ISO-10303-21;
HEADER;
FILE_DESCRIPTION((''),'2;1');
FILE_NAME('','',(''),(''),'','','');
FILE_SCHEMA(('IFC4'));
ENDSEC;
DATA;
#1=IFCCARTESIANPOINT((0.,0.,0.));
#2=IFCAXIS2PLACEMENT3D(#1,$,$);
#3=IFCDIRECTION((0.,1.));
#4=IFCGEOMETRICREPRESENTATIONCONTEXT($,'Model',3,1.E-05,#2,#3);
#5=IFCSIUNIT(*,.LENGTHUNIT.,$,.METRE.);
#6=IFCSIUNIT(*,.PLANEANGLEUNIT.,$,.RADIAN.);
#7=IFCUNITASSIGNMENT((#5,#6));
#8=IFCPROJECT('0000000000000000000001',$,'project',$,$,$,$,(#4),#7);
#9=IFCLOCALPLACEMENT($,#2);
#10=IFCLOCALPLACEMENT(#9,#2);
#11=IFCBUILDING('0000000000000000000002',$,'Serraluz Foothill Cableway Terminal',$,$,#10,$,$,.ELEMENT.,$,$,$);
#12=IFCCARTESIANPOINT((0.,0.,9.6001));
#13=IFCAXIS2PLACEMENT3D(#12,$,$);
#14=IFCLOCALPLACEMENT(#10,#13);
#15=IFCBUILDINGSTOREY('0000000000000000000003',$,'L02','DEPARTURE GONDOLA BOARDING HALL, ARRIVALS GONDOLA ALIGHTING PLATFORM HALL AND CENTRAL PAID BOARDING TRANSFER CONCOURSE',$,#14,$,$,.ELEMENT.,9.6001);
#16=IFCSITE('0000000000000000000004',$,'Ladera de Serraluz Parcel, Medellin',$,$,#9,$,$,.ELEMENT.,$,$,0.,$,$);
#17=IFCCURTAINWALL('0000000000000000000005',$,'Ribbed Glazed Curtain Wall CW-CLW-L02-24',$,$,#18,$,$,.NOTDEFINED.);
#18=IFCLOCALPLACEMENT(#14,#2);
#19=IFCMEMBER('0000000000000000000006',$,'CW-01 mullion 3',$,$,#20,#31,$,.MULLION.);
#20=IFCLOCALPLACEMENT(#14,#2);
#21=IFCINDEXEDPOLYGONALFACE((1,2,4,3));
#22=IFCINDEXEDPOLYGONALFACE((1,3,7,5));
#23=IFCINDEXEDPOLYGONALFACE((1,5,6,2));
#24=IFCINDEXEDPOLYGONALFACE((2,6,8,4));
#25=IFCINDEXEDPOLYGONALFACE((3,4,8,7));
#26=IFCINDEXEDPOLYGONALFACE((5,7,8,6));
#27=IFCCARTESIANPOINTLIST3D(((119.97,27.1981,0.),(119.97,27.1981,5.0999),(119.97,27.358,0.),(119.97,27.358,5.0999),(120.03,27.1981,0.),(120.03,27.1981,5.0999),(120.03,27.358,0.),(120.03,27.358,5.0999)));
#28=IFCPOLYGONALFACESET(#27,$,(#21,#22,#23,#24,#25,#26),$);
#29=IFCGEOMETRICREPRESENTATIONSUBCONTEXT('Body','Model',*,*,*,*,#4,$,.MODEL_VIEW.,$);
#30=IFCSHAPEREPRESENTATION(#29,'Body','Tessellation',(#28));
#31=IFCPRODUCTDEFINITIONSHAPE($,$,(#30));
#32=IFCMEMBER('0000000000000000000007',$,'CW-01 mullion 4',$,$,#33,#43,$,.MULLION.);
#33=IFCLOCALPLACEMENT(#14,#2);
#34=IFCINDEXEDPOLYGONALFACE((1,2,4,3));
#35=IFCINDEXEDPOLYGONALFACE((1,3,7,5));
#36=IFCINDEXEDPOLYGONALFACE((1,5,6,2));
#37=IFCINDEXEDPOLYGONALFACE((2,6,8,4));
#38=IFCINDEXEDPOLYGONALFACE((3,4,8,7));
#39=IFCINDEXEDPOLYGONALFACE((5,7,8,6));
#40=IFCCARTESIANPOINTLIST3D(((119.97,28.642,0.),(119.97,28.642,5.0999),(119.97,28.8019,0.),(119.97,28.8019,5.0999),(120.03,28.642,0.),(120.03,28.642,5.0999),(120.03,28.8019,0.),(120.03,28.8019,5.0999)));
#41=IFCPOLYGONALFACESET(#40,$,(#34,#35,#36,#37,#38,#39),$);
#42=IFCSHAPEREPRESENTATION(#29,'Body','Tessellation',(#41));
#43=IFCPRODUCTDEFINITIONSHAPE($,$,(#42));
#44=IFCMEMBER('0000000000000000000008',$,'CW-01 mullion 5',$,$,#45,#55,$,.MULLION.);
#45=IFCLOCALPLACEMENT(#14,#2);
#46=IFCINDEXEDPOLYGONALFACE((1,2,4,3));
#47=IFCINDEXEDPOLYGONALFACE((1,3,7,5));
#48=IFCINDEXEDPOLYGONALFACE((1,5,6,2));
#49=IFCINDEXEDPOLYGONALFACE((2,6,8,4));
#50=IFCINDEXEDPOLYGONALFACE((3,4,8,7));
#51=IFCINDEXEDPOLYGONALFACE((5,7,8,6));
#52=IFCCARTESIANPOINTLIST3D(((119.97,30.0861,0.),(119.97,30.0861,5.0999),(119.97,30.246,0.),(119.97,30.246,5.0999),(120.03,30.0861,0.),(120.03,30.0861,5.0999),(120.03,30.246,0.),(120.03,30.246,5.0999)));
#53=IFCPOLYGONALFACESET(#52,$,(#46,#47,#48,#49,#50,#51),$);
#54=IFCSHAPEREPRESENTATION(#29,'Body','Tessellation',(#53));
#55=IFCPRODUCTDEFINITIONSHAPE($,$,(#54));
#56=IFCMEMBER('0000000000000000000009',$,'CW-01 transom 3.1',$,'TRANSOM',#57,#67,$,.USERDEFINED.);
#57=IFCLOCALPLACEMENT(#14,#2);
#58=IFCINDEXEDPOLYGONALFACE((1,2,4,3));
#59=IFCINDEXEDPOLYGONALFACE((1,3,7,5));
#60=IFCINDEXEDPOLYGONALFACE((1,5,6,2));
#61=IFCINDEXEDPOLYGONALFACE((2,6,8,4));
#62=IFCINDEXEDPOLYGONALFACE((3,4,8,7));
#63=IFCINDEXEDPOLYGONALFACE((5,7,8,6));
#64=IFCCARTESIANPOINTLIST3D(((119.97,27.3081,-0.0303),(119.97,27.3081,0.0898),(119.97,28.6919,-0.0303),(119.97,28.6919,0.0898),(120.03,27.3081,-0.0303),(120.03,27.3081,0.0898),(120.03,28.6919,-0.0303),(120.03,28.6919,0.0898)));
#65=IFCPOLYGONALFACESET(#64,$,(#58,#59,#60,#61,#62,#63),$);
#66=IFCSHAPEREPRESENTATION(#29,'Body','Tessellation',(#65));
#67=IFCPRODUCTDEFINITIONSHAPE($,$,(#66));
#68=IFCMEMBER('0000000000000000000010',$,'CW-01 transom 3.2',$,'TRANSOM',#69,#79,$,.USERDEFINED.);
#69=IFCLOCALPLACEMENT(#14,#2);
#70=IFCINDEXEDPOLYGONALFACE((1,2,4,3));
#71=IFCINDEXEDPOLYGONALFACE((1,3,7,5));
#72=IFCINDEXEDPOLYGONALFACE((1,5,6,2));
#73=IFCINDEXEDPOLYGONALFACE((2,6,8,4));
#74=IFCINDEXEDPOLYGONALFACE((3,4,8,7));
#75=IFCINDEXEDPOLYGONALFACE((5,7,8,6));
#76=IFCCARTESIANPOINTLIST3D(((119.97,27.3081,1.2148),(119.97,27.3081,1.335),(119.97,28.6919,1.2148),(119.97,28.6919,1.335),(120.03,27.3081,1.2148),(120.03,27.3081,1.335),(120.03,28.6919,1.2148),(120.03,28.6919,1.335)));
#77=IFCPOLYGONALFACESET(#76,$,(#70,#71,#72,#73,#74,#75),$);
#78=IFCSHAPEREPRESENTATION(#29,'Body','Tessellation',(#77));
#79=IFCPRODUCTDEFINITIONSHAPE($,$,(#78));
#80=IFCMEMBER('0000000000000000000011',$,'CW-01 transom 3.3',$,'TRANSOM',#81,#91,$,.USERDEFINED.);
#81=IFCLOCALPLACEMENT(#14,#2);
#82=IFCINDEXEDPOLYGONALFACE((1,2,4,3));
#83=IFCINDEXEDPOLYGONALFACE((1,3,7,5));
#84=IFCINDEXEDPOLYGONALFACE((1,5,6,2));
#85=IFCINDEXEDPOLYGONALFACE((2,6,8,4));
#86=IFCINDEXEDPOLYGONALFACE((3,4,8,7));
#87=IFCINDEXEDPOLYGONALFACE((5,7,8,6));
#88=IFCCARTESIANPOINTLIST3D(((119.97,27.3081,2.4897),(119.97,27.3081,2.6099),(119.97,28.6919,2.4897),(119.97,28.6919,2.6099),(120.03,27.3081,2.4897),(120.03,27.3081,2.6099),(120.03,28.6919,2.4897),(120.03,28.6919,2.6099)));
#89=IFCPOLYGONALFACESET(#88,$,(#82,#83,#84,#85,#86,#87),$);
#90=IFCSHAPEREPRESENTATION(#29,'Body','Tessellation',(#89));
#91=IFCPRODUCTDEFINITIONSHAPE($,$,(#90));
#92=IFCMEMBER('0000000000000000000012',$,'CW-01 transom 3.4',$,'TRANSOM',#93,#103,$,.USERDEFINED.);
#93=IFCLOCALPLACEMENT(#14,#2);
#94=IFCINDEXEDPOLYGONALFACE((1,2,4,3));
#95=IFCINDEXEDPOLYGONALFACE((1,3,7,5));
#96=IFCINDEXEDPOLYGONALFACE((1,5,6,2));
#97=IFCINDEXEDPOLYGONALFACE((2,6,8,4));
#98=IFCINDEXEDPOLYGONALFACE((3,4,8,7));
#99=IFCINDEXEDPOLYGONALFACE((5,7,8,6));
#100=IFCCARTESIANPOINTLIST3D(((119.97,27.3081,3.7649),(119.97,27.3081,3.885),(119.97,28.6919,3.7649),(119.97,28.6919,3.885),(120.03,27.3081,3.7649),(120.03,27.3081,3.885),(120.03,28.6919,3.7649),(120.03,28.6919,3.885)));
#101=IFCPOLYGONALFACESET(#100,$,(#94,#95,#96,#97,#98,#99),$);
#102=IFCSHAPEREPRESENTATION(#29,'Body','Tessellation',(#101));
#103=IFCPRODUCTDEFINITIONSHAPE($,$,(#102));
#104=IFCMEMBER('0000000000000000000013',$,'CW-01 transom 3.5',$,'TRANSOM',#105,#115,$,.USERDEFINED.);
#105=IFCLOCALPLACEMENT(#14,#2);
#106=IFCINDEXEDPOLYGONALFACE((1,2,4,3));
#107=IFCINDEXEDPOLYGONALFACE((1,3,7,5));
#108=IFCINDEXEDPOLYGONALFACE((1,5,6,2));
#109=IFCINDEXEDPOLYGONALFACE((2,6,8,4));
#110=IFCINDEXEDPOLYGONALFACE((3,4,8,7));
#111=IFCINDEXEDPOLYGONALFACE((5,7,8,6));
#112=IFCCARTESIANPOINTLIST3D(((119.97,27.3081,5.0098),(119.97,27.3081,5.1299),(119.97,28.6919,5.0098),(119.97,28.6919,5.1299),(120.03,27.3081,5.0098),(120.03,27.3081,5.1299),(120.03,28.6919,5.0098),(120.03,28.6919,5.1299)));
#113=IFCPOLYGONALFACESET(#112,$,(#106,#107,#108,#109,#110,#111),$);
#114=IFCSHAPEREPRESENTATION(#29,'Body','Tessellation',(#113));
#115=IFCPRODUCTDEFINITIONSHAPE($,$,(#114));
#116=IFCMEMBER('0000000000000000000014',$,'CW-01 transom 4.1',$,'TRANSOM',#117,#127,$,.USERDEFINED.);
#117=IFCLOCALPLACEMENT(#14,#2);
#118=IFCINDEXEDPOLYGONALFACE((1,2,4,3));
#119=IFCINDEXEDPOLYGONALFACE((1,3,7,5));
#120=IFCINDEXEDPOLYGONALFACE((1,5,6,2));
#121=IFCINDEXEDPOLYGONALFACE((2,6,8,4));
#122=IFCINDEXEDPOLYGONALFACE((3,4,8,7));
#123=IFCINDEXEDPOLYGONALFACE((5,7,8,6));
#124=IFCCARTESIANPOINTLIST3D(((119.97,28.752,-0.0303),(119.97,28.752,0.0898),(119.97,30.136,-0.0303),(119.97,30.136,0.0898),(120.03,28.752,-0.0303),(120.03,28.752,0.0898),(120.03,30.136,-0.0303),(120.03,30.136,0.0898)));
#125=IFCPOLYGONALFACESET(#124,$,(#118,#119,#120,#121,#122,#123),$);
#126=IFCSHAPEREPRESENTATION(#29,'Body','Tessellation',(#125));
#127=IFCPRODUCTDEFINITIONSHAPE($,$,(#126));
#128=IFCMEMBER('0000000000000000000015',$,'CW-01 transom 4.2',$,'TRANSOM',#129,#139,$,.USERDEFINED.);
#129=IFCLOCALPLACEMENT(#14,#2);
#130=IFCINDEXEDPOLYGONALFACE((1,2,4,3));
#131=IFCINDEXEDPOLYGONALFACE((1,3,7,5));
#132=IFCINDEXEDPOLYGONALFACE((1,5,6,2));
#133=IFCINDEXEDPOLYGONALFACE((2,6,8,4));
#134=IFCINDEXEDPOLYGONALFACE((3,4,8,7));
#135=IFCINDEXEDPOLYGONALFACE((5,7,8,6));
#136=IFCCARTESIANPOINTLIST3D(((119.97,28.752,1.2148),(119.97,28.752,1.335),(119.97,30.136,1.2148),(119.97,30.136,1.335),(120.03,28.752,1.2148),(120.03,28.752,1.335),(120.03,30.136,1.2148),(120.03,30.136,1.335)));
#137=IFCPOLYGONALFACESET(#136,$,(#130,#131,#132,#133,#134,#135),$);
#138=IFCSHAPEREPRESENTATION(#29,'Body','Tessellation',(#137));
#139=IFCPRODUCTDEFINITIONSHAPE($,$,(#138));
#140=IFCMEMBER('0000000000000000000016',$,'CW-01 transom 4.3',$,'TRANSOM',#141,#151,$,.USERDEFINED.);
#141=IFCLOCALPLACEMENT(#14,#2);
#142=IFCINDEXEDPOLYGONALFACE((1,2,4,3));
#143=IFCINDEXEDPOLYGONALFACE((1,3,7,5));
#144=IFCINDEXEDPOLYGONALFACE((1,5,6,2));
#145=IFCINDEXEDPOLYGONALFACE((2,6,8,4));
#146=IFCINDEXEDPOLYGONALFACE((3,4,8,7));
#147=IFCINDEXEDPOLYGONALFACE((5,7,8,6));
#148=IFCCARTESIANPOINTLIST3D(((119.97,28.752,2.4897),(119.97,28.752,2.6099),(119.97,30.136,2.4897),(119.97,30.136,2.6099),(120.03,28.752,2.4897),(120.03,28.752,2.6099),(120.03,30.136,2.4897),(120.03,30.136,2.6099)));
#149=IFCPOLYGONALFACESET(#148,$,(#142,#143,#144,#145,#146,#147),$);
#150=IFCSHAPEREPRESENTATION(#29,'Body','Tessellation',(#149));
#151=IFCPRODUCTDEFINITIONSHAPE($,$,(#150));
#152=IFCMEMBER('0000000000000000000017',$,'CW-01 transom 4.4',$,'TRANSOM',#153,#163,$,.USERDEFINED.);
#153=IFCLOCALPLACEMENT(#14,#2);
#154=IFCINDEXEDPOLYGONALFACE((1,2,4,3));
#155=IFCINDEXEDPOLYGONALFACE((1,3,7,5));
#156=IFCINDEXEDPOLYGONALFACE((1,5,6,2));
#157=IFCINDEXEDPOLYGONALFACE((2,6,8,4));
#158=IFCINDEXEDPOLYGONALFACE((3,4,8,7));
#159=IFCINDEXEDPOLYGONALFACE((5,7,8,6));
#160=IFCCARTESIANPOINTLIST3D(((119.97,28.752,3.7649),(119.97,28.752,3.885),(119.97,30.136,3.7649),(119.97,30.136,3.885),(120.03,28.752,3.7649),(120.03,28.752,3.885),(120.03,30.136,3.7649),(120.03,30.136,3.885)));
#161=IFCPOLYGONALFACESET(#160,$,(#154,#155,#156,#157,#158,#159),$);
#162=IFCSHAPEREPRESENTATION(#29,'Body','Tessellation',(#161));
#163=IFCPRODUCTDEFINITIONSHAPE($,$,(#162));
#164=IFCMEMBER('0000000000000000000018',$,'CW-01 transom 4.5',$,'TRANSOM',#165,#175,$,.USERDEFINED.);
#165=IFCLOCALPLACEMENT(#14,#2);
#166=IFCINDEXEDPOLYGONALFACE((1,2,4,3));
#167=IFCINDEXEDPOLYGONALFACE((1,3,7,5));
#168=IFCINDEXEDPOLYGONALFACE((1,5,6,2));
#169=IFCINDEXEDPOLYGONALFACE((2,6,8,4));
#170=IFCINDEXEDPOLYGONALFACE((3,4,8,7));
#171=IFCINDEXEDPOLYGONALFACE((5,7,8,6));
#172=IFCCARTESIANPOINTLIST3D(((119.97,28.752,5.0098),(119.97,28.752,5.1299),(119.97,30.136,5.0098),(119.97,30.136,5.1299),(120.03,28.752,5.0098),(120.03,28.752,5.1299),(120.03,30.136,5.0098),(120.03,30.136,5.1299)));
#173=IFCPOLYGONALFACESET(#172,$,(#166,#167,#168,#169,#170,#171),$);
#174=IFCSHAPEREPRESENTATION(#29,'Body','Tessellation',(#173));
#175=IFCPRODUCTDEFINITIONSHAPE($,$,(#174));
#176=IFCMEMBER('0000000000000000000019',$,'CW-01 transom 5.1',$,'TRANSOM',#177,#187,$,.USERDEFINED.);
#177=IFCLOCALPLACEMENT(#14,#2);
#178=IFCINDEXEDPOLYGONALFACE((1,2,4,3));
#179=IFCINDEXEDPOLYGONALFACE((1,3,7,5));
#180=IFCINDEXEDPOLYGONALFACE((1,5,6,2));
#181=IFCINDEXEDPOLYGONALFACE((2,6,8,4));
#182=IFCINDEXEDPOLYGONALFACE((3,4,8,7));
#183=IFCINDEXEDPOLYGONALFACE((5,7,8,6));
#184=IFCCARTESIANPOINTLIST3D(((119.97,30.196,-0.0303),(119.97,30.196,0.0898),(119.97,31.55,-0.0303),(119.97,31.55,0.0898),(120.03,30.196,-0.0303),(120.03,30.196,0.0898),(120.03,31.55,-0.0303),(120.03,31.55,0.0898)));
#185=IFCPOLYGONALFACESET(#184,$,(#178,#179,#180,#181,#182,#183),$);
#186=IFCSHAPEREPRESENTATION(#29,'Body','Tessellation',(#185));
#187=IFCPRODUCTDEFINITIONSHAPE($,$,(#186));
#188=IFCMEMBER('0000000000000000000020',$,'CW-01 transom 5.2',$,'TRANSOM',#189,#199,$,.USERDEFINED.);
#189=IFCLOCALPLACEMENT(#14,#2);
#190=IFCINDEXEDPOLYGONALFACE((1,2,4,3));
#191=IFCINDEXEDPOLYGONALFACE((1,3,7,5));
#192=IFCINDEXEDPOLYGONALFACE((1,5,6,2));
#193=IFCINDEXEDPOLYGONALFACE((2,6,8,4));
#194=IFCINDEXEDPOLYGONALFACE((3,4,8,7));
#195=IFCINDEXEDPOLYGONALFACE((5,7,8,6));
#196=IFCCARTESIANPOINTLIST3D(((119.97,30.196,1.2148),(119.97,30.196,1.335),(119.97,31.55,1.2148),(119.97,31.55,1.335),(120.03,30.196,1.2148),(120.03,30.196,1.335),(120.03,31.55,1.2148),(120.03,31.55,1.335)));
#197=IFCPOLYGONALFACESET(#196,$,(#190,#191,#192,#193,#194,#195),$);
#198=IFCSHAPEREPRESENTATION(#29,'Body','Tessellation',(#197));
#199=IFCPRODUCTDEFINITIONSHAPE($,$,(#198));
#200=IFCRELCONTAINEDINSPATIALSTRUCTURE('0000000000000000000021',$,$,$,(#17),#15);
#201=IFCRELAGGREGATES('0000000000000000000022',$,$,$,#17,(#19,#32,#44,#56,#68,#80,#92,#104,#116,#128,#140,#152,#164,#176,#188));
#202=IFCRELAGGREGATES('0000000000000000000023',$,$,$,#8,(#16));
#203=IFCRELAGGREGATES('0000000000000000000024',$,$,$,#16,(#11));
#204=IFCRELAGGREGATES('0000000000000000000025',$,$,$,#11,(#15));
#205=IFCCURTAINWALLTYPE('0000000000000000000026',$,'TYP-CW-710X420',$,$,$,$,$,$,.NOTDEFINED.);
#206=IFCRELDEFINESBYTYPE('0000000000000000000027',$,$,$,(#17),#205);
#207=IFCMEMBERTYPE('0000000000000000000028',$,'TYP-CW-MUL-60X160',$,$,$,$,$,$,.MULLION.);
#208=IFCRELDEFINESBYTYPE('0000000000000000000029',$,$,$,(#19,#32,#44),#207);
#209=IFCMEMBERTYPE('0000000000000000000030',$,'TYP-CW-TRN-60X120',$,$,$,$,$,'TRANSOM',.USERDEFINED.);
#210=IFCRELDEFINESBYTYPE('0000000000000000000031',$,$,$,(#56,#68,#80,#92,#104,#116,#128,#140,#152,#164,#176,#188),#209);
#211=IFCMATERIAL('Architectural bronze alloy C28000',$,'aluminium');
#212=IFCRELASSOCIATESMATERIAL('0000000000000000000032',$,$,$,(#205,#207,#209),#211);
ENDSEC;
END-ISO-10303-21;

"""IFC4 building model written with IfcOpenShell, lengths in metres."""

from ifc_helpers import new_model, si_unit, direction, frame, origin, origin_2d, place, context, subcontext, project, spatial, rectangle, extrude, material, material_profile, profile_set, type_object, element, aggregate, save


model = new_model("IFC4")

# Units and contexts
model_context = context("Model", 3, precision=1e-05, world=origin(), true_north=direction((0.0, 1.0)))
body_context = subcontext(model_context, "Body", "Model", "MODEL_VIEW")
ifc_project = project(units=[si_unit("LENGTHUNIT", "METRE"), si_unit("PLANEANGLEUNIT", "RADIAN")], contexts=[model_context])

# Site, building, storey
site_placement = place(None, origin())
site = spatial("IfcSite", under=ifc_project, at=site_placement, Name="Ladera de Serraluz Parcel, Medellin", CompositionType="ELEMENT", RefElevation=0.0)
building_placement = place(site_placement, origin())
building = spatial("IfcBuilding", under=site, at=building_placement, Name="Serraluz Foothill Cableway Terminal", CompositionType="ELEMENT")
storey_placement = place(building_placement, frame((0.0, 0.0, 9.6001)))
storey = spatial("IfcBuildingStorey", under=building, at=storey_placement, Name="L02", Description="DEPARTURE GONDOLA BOARDING HALL, ARRIVALS GONDOLA ALIGHTING PLATFORM HALL AND CENTRAL PAID BOARDING TRANSFER CONCOURSE", CompositionType="ELEMENT", Elevation=9.6001)

# Curtain wall, members
ifc_material_1 = material(Name="Architectural bronze alloy C28000", Category="aluminium")
curtain_wall_type = type_object("IfcCurtainWallType", Name="TYP-CW-710X420", PredefinedType="NOTDEFINED", material=ifc_material_1)
curtain_wall_placement = place(storey_placement, origin())
curtain_wall = element("IfcCurtainWall", 1, at=curtain_wall_placement, inside=storey, type_object=curtain_wall_type, Name="Ribbed Glazed Curtain Wall CW-CLW-L02-24", PredefinedType="NOTDEFINED")
ifc_material_profile_1 = material_profile(ifc_material_1, rectangle(XDim=0.0601, YDim=0.1599, at=origin_2d()), Name="ALU MULLION 60x160")
ifc_profile_set_1 = profile_set([ifc_material_profile_1], Name="Architectural bronze alloy C28000")
member_type_1 = type_object("IfcMemberType", Name="TYP-CW-MUL-60X160", PredefinedType="MULLION", material=ifc_profile_set_1)
member_1_placement = place(storey_placement, frame((120.0, 27.2781, 0.0), z_axis=(0.0, 0.0, 1.0), x_axis=(-1.0, 0.0, 0.0)))
member_1 = element("IfcMember", 2, at=member_1_placement, type_object=member_type_1, Name="CW-01 mullion 3", PredefinedType="MULLION", context=body_context, shape_type="SweptSolid", body=[
    extrude(rectangle(XDim=0.0601, YDim=0.1599, at=origin_2d()), origin(), (0.0, 0.0, 1.0), 5.0999),
])
member_2_placement = place(storey_placement, frame((120.0, 28.7219, 0.0), z_axis=(0.0, 0.0, 1.0), x_axis=(-1.0, 0.0, 0.0)))
member_2 = element("IfcMember", 3, at=member_2_placement, type_object=member_type_1, Name="CW-01 mullion 4", PredefinedType="MULLION", context=body_context, shape_type="SweptSolid", body=[
    extrude(rectangle(XDim=0.0601, YDim=0.1599, at=origin_2d()), origin(), (0.0, 0.0, 1.0), 5.0999),
])
member_3_placement = place(storey_placement, frame((120.0, 30.166, 0.0), z_axis=(0.0, 0.0, 1.0), x_axis=(-1.0, 0.0, 0.0)))
member_3 = element("IfcMember", 4, at=member_3_placement, type_object=member_type_1, Name="CW-01 mullion 5", PredefinedType="MULLION", context=body_context, shape_type="SweptSolid", body=[
    extrude(rectangle(XDim=0.0601, YDim=0.1599, at=origin_2d()), origin(), (0.0, 0.0, 1.0), 5.0999),
])
ifc_material_profile_2 = material_profile(ifc_material_1, rectangle(XDim=0.0601, YDim=0.1201, at=origin_2d()), Name="ALU TRANSOM 60x120")
ifc_profile_set_2 = profile_set([ifc_material_profile_2], Name="Architectural bronze alloy C28000")
member_type_2 = type_object("IfcMemberType", Name="TYP-CW-TRN-60X120", ElementType="TRANSOM", PredefinedType="USERDEFINED", material=ifc_profile_set_2)
member_4_placement = place(storey_placement, frame((120.0, 27.3081, 0.0298), z_axis=(0.0, 1.0, 0.0), x_axis=(-1.0, 0.0, 0.0)))
member_4 = element("IfcMember", 5, at=member_4_placement, type_object=member_type_2, Name="CW-01 transom 3.1", ObjectType="TRANSOM", PredefinedType="USERDEFINED", context=body_context, shape_type="SweptSolid", body=[
    extrude(rectangle(XDim=0.0601, YDim=0.1201, at=origin_2d()), origin(), (0.0, 0.0, 1.0), 1.3838),
])
member_5_placement = place(storey_placement, frame((120.0, 27.3081, 1.2749), z_axis=(0.0, 1.0, 0.0), x_axis=(-1.0, 0.0, 0.0)))
member_5 = element("IfcMember", 6, at=member_5_placement, type_object=member_type_2, Name="CW-01 transom 3.2", ObjectType="TRANSOM", PredefinedType="USERDEFINED", context=body_context, shape_type="SweptSolid", body=[
    extrude(rectangle(XDim=0.0601, YDim=0.1201, at=origin_2d()), origin(), (0.0, 0.0, 1.0), 1.3838),
])
member_6_placement = place(storey_placement, frame((120.0, 27.3081, 2.5498), z_axis=(0.0, 1.0, 0.0), x_axis=(-1.0, 0.0, 0.0)))
member_6 = element("IfcMember", 7, at=member_6_placement, type_object=member_type_2, Name="CW-01 transom 3.3", ObjectType="TRANSOM", PredefinedType="USERDEFINED", context=body_context, shape_type="SweptSolid", body=[
    extrude(rectangle(XDim=0.0601, YDim=0.1201, at=origin_2d()), origin(), (0.0, 0.0, 1.0), 1.3838),
])
member_7_placement = place(storey_placement, frame((120.0, 27.3081, 3.825), z_axis=(0.0, 1.0, 0.0), x_axis=(-1.0, 0.0, 0.0)))
member_7 = element("IfcMember", 8, at=member_7_placement, type_object=member_type_2, Name="CW-01 transom 3.4", ObjectType="TRANSOM", PredefinedType="USERDEFINED", context=body_context, shape_type="SweptSolid", body=[
    extrude(rectangle(XDim=0.0601, YDim=0.1201, at=origin_2d()), origin(), (0.0, 0.0, 1.0), 1.3838),
])
member_8_placement = place(storey_placement, frame((120.0, 27.3081, 5.0698), z_axis=(0.0, 1.0, 0.0), x_axis=(-1.0, 0.0, 0.0)))
member_8 = element("IfcMember", 9, at=member_8_placement, type_object=member_type_2, Name="CW-01 transom 3.5", ObjectType="TRANSOM", PredefinedType="USERDEFINED", context=body_context, shape_type="SweptSolid", body=[
    extrude(rectangle(XDim=0.0601, YDim=0.1201, at=origin_2d()), origin(), (0.0, 0.0, 1.0), 1.3838),
])
member_9_placement = place(storey_placement, frame((120.0, 28.752, 0.0298), z_axis=(0.0, 1.0, 0.0), x_axis=(-1.0, 0.0, 0.0)))
member_9 = element("IfcMember", 10, at=member_9_placement, type_object=member_type_2, Name="CW-01 transom 4.1", ObjectType="TRANSOM", PredefinedType="USERDEFINED", context=body_context, shape_type="SweptSolid", body=[
    extrude(rectangle(XDim=0.0601, YDim=0.1201, at=origin_2d()), origin(), (0.0, 0.0, 1.0), 1.384),
])
member_10_placement = place(storey_placement, frame((120.0, 28.752, 1.2749), z_axis=(0.0, 1.0, 0.0), x_axis=(-1.0, 0.0, 0.0)))
member_10 = element("IfcMember", 11, at=member_10_placement, type_object=member_type_2, Name="CW-01 transom 4.2", ObjectType="TRANSOM", PredefinedType="USERDEFINED", context=body_context, shape_type="SweptSolid", body=[
    extrude(rectangle(XDim=0.0601, YDim=0.1201, at=origin_2d()), origin(), (0.0, 0.0, 1.0), 1.384),
])
member_11_placement = place(storey_placement, frame((120.0, 28.752, 2.5498), z_axis=(0.0, 1.0, 0.0), x_axis=(-1.0, 0.0, 0.0)))
member_11 = element("IfcMember", 12, at=member_11_placement, type_object=member_type_2, Name="CW-01 transom 4.3", ObjectType="TRANSOM", PredefinedType="USERDEFINED", context=body_context, shape_type="SweptSolid", body=[
    extrude(rectangle(XDim=0.0601, YDim=0.1201, at=origin_2d()), origin(), (0.0, 0.0, 1.0), 1.384),
])
member_12_placement = place(storey_placement, frame((120.0, 28.752, 3.825), z_axis=(0.0, 1.0, 0.0), x_axis=(-1.0, 0.0, 0.0)))
member_12 = element("IfcMember", 13, at=member_12_placement, type_object=member_type_2, Name="CW-01 transom 4.4", ObjectType="TRANSOM", PredefinedType="USERDEFINED", context=body_context, shape_type="SweptSolid", body=[
    extrude(rectangle(XDim=0.0601, YDim=0.1201, at=origin_2d()), origin(), (0.0, 0.0, 1.0), 1.384),
])
member_13_placement = place(storey_placement, frame((120.0, 28.752, 5.0698), z_axis=(0.0, 1.0, 0.0), x_axis=(-1.0, 0.0, 0.0)))
member_13 = element("IfcMember", 14, at=member_13_placement, type_object=member_type_2, Name="CW-01 transom 4.5", ObjectType="TRANSOM", PredefinedType="USERDEFINED", context=body_context, shape_type="SweptSolid", body=[
    extrude(rectangle(XDim=0.0601, YDim=0.1201, at=origin_2d()), origin(), (0.0, 0.0, 1.0), 1.384),
])
member_14_placement = place(storey_placement, frame((120.0, 30.196, 0.0298), z_axis=(0.0, 1.0, 0.0), x_axis=(-1.0, 0.0, 0.0)))
member_14 = element("IfcMember", 15, at=member_14_placement, type_object=member_type_2, Name="CW-01 transom 5.1", ObjectType="TRANSOM", PredefinedType="USERDEFINED", context=body_context, shape_type="SweptSolid", body=[
    extrude(rectangle(XDim=0.0601, YDim=0.1201, at=origin_2d()), origin(), (0.0, 0.0, 1.0), 1.354),
])
member_15_placement = place(storey_placement, frame((120.0, 30.196, 1.2749), z_axis=(0.0, 1.0, 0.0), x_axis=(-1.0, 0.0, 0.0)))
member_15 = element("IfcMember", 16, at=member_15_placement, type_object=member_type_2, Name="CW-01 transom 5.2", ObjectType="TRANSOM", PredefinedType="USERDEFINED", context=body_context, shape_type="SweptSolid", body=[
    extrude(rectangle(XDim=0.0601, YDim=0.1201, at=origin_2d()), origin(), (0.0, 0.0, 1.0), 1.354),
])
aggregate(curtain_wall, [member_1, member_2, member_3, member_4, member_5, member_6, member_7, member_8, member_9, member_10, member_11, member_12, member_13, member_14, member_15])

save(model, "model.ifc")
